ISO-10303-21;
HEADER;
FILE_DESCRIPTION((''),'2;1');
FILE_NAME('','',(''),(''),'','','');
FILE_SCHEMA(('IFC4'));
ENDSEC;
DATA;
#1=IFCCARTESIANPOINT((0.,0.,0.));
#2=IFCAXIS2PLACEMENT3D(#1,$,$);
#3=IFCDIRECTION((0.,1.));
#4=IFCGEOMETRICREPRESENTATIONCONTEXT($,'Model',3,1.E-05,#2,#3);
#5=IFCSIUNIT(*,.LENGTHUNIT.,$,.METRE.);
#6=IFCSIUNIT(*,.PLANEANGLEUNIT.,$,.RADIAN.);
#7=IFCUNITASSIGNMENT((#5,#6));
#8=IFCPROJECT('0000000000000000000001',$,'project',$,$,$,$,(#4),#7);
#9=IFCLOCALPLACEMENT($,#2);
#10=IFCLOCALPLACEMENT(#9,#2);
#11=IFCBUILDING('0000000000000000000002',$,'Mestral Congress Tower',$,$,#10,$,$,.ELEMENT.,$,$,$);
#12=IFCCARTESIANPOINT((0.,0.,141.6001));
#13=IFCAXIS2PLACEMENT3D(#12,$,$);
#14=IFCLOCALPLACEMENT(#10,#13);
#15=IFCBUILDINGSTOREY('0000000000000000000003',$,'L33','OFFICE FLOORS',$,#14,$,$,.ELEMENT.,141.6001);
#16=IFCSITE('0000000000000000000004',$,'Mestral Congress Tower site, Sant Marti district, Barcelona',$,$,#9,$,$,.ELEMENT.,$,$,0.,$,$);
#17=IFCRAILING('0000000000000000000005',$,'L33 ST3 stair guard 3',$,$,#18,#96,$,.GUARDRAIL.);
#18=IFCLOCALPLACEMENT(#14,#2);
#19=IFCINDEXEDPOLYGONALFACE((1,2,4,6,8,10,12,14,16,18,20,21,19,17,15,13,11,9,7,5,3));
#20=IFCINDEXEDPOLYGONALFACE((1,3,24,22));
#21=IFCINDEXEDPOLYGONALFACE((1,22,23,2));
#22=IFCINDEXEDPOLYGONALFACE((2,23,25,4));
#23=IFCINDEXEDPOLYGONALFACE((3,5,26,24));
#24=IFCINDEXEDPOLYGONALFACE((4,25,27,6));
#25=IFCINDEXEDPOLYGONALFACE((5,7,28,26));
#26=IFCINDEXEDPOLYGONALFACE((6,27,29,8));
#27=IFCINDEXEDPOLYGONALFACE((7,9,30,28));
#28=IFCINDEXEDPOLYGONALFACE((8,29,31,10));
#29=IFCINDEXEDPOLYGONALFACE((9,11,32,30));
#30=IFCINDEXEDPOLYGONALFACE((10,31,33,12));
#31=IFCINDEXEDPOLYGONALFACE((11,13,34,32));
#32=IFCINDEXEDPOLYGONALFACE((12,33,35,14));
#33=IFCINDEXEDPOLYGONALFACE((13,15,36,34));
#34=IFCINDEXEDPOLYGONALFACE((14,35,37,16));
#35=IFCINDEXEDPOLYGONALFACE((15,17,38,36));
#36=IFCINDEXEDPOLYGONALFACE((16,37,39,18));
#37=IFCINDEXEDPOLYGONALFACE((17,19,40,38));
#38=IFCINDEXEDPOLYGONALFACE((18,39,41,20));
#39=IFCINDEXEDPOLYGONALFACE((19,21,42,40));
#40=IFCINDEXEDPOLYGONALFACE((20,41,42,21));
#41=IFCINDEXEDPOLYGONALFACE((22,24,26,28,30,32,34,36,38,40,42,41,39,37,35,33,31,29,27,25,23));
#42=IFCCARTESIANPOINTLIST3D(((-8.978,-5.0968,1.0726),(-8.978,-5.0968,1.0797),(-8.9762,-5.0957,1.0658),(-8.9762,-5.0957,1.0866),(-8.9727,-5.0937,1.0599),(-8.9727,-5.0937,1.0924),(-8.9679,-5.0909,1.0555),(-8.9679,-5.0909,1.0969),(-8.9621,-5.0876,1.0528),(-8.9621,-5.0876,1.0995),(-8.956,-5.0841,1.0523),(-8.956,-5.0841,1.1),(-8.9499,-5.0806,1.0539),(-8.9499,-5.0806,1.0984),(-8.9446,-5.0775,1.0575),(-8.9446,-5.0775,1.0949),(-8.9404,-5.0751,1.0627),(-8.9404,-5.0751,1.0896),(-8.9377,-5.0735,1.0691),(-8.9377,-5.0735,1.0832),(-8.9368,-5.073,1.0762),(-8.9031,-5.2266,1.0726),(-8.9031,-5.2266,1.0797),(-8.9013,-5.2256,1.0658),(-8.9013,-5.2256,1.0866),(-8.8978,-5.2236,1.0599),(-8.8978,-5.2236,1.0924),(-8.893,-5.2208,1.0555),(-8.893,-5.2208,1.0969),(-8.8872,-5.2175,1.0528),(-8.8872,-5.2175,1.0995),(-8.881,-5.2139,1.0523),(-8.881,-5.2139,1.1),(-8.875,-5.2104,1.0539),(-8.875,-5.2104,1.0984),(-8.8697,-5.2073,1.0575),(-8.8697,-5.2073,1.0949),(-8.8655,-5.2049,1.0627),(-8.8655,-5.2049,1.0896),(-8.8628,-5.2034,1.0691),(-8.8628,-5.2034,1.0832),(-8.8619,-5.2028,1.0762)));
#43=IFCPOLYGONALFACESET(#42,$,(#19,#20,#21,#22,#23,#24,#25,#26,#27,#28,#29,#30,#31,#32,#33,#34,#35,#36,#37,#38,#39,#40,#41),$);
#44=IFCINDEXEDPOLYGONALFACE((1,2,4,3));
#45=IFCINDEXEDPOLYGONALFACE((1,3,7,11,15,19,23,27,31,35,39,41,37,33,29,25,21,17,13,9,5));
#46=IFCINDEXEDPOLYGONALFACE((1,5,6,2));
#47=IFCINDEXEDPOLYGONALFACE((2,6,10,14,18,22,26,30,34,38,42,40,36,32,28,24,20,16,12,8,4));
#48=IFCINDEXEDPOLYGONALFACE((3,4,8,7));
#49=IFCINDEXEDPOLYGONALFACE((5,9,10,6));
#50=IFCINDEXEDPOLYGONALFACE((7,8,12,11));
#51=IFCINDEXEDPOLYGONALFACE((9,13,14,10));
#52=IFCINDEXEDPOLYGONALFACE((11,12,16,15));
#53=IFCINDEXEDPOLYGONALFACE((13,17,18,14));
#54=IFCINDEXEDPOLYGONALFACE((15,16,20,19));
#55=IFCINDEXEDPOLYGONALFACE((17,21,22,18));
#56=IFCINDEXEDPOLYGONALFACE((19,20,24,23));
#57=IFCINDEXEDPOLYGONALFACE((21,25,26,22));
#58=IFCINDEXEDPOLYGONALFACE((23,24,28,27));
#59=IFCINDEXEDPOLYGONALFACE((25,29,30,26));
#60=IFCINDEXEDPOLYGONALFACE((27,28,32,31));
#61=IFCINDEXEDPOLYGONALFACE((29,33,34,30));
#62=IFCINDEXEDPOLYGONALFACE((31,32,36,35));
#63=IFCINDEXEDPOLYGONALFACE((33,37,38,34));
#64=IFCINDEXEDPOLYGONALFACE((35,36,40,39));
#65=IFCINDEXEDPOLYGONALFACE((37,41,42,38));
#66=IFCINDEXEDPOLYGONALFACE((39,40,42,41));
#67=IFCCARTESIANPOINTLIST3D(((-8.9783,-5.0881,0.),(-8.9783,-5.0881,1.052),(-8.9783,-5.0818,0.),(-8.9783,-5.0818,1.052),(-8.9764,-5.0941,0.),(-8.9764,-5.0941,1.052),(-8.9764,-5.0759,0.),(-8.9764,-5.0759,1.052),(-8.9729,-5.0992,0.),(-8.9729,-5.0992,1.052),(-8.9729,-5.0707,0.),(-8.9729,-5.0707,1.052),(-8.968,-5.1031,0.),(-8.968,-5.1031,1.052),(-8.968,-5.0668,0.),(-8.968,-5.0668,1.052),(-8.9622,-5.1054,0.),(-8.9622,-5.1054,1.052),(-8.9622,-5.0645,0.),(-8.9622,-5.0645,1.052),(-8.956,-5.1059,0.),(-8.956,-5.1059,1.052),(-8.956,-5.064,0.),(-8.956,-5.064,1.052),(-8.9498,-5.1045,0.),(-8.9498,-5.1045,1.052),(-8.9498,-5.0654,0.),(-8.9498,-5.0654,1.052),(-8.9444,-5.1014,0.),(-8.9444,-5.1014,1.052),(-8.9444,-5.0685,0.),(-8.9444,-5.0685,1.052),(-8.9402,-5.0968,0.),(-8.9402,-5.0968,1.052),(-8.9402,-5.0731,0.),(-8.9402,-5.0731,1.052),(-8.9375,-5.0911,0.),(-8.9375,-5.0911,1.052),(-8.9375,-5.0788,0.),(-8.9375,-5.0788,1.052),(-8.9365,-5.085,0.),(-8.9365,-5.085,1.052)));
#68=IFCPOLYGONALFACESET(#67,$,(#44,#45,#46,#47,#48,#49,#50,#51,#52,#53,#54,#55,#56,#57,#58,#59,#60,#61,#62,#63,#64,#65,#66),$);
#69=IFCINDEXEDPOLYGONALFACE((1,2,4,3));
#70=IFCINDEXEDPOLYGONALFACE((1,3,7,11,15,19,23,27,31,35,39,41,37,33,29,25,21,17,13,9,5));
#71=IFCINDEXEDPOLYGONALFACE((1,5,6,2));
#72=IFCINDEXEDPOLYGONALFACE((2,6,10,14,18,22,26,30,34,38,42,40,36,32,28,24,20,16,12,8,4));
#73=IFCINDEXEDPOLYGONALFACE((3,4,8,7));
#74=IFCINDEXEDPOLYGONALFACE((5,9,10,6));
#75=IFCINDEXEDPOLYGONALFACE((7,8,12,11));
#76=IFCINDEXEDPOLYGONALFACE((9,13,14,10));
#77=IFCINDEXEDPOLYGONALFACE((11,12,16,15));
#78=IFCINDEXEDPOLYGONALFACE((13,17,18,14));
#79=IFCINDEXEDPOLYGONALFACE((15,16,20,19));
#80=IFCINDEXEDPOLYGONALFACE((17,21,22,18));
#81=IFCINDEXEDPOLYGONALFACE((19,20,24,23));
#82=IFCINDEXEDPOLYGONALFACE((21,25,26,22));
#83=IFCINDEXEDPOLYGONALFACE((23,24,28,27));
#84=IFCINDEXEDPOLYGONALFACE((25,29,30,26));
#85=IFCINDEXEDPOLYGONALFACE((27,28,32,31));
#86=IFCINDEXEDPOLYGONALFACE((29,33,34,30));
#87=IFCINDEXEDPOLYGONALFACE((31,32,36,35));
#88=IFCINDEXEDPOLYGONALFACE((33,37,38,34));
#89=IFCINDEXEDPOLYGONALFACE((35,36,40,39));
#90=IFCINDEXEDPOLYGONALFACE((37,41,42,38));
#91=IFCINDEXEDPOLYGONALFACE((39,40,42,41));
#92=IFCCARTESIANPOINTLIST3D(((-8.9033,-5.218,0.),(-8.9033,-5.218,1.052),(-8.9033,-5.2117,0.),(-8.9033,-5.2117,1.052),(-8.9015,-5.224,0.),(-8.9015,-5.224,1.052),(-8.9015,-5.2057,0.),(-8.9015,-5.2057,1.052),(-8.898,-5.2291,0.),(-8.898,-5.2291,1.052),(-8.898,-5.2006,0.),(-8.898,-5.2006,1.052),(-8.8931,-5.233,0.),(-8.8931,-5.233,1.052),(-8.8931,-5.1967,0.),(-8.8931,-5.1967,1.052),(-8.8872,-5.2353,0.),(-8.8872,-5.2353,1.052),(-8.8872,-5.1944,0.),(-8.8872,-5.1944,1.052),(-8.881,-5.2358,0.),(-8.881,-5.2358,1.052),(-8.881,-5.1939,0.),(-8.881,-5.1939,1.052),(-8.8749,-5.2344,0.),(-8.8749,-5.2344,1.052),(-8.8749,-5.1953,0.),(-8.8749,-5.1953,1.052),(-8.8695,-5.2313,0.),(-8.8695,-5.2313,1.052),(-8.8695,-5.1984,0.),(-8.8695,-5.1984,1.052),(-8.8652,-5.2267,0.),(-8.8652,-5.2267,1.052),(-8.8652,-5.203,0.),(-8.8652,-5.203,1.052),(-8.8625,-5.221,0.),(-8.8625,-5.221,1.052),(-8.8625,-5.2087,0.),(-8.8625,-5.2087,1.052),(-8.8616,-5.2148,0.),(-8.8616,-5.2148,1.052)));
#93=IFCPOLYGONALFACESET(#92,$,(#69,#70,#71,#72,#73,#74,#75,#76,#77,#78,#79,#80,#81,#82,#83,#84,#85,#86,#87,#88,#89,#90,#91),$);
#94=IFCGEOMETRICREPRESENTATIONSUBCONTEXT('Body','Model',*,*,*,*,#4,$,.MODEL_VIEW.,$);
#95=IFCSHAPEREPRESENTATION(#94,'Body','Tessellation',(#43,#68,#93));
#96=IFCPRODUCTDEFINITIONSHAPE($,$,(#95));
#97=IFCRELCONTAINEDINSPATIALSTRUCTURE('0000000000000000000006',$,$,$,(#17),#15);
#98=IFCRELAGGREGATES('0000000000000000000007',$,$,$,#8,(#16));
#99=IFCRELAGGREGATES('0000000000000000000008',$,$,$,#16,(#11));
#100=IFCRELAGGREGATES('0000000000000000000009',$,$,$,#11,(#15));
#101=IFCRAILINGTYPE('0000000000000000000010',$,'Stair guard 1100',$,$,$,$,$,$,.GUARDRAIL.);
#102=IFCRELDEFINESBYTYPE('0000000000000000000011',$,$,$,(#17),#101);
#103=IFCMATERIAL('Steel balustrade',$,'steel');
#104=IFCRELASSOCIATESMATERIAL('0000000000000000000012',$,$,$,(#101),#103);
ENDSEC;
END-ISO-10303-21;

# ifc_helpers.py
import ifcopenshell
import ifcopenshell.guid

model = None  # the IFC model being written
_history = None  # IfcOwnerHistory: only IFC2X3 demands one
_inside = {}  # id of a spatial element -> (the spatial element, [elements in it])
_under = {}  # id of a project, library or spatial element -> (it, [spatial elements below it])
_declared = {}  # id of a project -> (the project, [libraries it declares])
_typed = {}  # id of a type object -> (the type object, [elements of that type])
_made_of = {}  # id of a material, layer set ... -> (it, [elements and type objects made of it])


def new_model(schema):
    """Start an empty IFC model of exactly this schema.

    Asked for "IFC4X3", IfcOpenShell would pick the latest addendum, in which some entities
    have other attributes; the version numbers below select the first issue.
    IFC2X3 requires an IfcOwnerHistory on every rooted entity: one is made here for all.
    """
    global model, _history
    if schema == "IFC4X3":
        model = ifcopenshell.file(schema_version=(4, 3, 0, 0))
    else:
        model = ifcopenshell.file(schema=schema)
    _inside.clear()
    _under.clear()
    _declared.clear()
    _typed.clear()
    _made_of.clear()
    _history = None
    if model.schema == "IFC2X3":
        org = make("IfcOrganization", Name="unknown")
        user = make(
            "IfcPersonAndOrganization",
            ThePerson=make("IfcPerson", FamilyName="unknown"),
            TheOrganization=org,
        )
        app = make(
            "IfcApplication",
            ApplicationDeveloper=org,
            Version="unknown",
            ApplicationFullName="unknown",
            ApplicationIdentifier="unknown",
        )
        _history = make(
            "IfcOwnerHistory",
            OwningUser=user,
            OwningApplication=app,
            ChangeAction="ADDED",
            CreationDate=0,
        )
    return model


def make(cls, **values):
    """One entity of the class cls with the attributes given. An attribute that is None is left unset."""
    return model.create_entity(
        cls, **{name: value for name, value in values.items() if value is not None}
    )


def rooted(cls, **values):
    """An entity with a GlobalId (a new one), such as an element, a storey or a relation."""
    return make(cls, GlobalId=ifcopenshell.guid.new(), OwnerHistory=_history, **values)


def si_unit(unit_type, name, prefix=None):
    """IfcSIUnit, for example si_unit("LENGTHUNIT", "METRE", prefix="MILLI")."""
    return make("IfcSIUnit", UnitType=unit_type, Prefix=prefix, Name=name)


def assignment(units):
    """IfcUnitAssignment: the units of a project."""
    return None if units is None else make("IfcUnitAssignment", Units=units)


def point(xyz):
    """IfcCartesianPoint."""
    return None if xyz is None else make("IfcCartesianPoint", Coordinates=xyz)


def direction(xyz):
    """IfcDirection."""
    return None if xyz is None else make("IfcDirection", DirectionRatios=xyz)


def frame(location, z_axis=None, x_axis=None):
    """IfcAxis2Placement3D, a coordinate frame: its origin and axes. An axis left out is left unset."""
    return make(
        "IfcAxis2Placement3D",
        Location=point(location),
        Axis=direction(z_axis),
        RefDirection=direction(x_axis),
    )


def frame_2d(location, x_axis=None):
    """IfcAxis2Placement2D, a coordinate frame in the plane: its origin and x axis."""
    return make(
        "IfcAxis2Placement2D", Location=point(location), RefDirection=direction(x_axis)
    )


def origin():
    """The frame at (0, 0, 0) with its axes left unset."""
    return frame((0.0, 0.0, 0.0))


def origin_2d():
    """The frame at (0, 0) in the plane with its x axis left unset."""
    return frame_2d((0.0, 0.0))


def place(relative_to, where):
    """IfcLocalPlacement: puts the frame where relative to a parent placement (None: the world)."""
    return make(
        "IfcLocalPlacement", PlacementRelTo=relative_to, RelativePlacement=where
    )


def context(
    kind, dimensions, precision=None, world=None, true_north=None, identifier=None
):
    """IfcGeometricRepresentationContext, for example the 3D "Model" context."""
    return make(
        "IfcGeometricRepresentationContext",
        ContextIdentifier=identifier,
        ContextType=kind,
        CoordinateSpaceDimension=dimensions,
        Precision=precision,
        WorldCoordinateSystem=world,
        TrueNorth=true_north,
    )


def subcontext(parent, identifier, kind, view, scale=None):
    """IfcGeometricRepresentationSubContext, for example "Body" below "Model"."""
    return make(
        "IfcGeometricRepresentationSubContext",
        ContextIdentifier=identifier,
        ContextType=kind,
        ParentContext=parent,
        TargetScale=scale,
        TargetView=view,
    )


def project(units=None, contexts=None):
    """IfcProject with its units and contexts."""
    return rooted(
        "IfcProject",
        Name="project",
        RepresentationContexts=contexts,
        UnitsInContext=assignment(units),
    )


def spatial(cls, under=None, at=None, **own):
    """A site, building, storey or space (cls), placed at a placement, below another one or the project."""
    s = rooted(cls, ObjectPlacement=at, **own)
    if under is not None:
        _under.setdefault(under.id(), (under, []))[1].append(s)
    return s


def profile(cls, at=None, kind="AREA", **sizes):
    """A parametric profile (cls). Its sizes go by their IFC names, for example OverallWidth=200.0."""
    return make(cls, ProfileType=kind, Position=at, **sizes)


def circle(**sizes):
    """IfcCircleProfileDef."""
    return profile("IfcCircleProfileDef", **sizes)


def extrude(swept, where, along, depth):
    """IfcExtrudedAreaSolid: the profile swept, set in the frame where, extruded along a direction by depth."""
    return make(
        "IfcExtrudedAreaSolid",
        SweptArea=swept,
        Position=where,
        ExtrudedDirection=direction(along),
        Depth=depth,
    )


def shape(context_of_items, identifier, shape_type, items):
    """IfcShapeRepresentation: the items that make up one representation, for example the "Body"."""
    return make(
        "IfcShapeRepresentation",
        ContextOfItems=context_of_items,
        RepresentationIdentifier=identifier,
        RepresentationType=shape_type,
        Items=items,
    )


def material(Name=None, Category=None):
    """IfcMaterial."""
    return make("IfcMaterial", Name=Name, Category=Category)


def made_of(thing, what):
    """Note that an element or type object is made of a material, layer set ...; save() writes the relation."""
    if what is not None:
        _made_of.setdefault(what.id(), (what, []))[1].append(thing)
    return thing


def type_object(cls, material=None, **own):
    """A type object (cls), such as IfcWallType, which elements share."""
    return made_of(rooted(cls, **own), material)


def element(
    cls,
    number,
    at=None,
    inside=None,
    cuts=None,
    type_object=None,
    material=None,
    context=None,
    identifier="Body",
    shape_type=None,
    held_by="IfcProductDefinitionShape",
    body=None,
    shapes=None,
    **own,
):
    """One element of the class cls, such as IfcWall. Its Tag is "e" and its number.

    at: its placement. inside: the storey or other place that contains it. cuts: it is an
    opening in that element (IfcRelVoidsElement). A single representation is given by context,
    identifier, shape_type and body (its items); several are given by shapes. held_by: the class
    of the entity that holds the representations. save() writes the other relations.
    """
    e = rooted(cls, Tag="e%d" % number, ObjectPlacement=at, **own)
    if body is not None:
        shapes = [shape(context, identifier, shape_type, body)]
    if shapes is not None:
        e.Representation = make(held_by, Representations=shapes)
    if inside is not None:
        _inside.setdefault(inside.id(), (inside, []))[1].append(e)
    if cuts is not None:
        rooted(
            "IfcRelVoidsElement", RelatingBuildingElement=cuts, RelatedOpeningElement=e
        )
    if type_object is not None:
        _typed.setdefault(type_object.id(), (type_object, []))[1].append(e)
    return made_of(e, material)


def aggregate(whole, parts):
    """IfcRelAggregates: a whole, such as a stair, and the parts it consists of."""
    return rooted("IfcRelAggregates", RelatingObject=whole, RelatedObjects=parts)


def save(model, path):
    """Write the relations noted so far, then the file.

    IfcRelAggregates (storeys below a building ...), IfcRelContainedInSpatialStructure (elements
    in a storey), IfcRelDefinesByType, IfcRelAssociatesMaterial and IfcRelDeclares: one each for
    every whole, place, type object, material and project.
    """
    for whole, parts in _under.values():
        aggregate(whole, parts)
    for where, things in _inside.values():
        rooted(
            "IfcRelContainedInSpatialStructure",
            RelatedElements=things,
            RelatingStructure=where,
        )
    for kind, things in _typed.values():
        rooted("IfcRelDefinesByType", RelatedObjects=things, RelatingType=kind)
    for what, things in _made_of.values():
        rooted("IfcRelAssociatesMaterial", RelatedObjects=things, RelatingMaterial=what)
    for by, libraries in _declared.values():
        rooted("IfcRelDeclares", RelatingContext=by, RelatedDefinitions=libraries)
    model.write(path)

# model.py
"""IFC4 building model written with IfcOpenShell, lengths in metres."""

from ifc_helpers import new_model, si_unit, direction, frame, origin, origin_2d, place, context, subcontext, project, spatial, circle, extrude, material, type_object, element, save


model = new_model("IFC4")

# Units and contexts
model_context = context("Model", 3, precision=1e-05, world=origin(), true_north=direction((0.0, 1.0)))
body_context = subcontext(model_context, "Body", "Model", "MODEL_VIEW")
ifc_project = project(units=[si_unit("LENGTHUNIT", "METRE"), si_unit("PLANEANGLEUNIT", "RADIAN")], contexts=[model_context])

# Site, building, storey
site_placement = place(None, origin())
site = spatial("IfcSite", under=ifc_project, at=site_placement, Name="Mestral Congress Tower site, Sant Marti district, Barcelona", CompositionType="ELEMENT", RefElevation=0.0)
building_placement = place(site_placement, origin())
building = spatial("IfcBuilding", under=site, at=building_placement, Name="Mestral Congress Tower", CompositionType="ELEMENT")
storey_placement = place(building_placement, frame((0.0, 0.0, 141.6001)))
storey = spatial("IfcBuildingStorey", under=building, at=storey_placement, Name="L33", Description="OFFICE FLOORS", CompositionType="ELEMENT", Elevation=141.6001)

# Railing
ifc_material_1 = material(Name="Steel balustrade", Category="steel")
railing_type_1 = type_object("IfcRailingType", Name="Stair guard 1100", PredefinedType="GUARDRAIL", material=ifc_material_1)
railing_1_placement = place(storey_placement, frame((-8.9575, -5.085, 0.0)))
element("IfcRailing", 1, at=railing_1_placement, inside=storey, type_object=railing_type_1, Name="L33 ST3 stair guard 3", PredefinedType="GUARDRAIL", context=body_context, shape_type="SweptSolid", body=[
    extrude(circle(Radius=0.0239, at=origin_2d()), frame((0.0, 0.0, 1.0762), z_axis=(0.499816, -0.866131, 0.0), x_axis=(0.866131, 0.499816, 0.0)), (0.0, 0.0, 1.0), 0.1499),
    extrude(circle(Radius=0.021, at=origin_2d()), origin(), (0.0, 0.0, 1.0), 1.052),
    extrude(circle(Radius=0.021, at=origin_2d()), frame((0.075, -0.1299, 0.0)), (0.0, 0.0, 1.0), 1.052),
])

save(model, "model.ifc")
